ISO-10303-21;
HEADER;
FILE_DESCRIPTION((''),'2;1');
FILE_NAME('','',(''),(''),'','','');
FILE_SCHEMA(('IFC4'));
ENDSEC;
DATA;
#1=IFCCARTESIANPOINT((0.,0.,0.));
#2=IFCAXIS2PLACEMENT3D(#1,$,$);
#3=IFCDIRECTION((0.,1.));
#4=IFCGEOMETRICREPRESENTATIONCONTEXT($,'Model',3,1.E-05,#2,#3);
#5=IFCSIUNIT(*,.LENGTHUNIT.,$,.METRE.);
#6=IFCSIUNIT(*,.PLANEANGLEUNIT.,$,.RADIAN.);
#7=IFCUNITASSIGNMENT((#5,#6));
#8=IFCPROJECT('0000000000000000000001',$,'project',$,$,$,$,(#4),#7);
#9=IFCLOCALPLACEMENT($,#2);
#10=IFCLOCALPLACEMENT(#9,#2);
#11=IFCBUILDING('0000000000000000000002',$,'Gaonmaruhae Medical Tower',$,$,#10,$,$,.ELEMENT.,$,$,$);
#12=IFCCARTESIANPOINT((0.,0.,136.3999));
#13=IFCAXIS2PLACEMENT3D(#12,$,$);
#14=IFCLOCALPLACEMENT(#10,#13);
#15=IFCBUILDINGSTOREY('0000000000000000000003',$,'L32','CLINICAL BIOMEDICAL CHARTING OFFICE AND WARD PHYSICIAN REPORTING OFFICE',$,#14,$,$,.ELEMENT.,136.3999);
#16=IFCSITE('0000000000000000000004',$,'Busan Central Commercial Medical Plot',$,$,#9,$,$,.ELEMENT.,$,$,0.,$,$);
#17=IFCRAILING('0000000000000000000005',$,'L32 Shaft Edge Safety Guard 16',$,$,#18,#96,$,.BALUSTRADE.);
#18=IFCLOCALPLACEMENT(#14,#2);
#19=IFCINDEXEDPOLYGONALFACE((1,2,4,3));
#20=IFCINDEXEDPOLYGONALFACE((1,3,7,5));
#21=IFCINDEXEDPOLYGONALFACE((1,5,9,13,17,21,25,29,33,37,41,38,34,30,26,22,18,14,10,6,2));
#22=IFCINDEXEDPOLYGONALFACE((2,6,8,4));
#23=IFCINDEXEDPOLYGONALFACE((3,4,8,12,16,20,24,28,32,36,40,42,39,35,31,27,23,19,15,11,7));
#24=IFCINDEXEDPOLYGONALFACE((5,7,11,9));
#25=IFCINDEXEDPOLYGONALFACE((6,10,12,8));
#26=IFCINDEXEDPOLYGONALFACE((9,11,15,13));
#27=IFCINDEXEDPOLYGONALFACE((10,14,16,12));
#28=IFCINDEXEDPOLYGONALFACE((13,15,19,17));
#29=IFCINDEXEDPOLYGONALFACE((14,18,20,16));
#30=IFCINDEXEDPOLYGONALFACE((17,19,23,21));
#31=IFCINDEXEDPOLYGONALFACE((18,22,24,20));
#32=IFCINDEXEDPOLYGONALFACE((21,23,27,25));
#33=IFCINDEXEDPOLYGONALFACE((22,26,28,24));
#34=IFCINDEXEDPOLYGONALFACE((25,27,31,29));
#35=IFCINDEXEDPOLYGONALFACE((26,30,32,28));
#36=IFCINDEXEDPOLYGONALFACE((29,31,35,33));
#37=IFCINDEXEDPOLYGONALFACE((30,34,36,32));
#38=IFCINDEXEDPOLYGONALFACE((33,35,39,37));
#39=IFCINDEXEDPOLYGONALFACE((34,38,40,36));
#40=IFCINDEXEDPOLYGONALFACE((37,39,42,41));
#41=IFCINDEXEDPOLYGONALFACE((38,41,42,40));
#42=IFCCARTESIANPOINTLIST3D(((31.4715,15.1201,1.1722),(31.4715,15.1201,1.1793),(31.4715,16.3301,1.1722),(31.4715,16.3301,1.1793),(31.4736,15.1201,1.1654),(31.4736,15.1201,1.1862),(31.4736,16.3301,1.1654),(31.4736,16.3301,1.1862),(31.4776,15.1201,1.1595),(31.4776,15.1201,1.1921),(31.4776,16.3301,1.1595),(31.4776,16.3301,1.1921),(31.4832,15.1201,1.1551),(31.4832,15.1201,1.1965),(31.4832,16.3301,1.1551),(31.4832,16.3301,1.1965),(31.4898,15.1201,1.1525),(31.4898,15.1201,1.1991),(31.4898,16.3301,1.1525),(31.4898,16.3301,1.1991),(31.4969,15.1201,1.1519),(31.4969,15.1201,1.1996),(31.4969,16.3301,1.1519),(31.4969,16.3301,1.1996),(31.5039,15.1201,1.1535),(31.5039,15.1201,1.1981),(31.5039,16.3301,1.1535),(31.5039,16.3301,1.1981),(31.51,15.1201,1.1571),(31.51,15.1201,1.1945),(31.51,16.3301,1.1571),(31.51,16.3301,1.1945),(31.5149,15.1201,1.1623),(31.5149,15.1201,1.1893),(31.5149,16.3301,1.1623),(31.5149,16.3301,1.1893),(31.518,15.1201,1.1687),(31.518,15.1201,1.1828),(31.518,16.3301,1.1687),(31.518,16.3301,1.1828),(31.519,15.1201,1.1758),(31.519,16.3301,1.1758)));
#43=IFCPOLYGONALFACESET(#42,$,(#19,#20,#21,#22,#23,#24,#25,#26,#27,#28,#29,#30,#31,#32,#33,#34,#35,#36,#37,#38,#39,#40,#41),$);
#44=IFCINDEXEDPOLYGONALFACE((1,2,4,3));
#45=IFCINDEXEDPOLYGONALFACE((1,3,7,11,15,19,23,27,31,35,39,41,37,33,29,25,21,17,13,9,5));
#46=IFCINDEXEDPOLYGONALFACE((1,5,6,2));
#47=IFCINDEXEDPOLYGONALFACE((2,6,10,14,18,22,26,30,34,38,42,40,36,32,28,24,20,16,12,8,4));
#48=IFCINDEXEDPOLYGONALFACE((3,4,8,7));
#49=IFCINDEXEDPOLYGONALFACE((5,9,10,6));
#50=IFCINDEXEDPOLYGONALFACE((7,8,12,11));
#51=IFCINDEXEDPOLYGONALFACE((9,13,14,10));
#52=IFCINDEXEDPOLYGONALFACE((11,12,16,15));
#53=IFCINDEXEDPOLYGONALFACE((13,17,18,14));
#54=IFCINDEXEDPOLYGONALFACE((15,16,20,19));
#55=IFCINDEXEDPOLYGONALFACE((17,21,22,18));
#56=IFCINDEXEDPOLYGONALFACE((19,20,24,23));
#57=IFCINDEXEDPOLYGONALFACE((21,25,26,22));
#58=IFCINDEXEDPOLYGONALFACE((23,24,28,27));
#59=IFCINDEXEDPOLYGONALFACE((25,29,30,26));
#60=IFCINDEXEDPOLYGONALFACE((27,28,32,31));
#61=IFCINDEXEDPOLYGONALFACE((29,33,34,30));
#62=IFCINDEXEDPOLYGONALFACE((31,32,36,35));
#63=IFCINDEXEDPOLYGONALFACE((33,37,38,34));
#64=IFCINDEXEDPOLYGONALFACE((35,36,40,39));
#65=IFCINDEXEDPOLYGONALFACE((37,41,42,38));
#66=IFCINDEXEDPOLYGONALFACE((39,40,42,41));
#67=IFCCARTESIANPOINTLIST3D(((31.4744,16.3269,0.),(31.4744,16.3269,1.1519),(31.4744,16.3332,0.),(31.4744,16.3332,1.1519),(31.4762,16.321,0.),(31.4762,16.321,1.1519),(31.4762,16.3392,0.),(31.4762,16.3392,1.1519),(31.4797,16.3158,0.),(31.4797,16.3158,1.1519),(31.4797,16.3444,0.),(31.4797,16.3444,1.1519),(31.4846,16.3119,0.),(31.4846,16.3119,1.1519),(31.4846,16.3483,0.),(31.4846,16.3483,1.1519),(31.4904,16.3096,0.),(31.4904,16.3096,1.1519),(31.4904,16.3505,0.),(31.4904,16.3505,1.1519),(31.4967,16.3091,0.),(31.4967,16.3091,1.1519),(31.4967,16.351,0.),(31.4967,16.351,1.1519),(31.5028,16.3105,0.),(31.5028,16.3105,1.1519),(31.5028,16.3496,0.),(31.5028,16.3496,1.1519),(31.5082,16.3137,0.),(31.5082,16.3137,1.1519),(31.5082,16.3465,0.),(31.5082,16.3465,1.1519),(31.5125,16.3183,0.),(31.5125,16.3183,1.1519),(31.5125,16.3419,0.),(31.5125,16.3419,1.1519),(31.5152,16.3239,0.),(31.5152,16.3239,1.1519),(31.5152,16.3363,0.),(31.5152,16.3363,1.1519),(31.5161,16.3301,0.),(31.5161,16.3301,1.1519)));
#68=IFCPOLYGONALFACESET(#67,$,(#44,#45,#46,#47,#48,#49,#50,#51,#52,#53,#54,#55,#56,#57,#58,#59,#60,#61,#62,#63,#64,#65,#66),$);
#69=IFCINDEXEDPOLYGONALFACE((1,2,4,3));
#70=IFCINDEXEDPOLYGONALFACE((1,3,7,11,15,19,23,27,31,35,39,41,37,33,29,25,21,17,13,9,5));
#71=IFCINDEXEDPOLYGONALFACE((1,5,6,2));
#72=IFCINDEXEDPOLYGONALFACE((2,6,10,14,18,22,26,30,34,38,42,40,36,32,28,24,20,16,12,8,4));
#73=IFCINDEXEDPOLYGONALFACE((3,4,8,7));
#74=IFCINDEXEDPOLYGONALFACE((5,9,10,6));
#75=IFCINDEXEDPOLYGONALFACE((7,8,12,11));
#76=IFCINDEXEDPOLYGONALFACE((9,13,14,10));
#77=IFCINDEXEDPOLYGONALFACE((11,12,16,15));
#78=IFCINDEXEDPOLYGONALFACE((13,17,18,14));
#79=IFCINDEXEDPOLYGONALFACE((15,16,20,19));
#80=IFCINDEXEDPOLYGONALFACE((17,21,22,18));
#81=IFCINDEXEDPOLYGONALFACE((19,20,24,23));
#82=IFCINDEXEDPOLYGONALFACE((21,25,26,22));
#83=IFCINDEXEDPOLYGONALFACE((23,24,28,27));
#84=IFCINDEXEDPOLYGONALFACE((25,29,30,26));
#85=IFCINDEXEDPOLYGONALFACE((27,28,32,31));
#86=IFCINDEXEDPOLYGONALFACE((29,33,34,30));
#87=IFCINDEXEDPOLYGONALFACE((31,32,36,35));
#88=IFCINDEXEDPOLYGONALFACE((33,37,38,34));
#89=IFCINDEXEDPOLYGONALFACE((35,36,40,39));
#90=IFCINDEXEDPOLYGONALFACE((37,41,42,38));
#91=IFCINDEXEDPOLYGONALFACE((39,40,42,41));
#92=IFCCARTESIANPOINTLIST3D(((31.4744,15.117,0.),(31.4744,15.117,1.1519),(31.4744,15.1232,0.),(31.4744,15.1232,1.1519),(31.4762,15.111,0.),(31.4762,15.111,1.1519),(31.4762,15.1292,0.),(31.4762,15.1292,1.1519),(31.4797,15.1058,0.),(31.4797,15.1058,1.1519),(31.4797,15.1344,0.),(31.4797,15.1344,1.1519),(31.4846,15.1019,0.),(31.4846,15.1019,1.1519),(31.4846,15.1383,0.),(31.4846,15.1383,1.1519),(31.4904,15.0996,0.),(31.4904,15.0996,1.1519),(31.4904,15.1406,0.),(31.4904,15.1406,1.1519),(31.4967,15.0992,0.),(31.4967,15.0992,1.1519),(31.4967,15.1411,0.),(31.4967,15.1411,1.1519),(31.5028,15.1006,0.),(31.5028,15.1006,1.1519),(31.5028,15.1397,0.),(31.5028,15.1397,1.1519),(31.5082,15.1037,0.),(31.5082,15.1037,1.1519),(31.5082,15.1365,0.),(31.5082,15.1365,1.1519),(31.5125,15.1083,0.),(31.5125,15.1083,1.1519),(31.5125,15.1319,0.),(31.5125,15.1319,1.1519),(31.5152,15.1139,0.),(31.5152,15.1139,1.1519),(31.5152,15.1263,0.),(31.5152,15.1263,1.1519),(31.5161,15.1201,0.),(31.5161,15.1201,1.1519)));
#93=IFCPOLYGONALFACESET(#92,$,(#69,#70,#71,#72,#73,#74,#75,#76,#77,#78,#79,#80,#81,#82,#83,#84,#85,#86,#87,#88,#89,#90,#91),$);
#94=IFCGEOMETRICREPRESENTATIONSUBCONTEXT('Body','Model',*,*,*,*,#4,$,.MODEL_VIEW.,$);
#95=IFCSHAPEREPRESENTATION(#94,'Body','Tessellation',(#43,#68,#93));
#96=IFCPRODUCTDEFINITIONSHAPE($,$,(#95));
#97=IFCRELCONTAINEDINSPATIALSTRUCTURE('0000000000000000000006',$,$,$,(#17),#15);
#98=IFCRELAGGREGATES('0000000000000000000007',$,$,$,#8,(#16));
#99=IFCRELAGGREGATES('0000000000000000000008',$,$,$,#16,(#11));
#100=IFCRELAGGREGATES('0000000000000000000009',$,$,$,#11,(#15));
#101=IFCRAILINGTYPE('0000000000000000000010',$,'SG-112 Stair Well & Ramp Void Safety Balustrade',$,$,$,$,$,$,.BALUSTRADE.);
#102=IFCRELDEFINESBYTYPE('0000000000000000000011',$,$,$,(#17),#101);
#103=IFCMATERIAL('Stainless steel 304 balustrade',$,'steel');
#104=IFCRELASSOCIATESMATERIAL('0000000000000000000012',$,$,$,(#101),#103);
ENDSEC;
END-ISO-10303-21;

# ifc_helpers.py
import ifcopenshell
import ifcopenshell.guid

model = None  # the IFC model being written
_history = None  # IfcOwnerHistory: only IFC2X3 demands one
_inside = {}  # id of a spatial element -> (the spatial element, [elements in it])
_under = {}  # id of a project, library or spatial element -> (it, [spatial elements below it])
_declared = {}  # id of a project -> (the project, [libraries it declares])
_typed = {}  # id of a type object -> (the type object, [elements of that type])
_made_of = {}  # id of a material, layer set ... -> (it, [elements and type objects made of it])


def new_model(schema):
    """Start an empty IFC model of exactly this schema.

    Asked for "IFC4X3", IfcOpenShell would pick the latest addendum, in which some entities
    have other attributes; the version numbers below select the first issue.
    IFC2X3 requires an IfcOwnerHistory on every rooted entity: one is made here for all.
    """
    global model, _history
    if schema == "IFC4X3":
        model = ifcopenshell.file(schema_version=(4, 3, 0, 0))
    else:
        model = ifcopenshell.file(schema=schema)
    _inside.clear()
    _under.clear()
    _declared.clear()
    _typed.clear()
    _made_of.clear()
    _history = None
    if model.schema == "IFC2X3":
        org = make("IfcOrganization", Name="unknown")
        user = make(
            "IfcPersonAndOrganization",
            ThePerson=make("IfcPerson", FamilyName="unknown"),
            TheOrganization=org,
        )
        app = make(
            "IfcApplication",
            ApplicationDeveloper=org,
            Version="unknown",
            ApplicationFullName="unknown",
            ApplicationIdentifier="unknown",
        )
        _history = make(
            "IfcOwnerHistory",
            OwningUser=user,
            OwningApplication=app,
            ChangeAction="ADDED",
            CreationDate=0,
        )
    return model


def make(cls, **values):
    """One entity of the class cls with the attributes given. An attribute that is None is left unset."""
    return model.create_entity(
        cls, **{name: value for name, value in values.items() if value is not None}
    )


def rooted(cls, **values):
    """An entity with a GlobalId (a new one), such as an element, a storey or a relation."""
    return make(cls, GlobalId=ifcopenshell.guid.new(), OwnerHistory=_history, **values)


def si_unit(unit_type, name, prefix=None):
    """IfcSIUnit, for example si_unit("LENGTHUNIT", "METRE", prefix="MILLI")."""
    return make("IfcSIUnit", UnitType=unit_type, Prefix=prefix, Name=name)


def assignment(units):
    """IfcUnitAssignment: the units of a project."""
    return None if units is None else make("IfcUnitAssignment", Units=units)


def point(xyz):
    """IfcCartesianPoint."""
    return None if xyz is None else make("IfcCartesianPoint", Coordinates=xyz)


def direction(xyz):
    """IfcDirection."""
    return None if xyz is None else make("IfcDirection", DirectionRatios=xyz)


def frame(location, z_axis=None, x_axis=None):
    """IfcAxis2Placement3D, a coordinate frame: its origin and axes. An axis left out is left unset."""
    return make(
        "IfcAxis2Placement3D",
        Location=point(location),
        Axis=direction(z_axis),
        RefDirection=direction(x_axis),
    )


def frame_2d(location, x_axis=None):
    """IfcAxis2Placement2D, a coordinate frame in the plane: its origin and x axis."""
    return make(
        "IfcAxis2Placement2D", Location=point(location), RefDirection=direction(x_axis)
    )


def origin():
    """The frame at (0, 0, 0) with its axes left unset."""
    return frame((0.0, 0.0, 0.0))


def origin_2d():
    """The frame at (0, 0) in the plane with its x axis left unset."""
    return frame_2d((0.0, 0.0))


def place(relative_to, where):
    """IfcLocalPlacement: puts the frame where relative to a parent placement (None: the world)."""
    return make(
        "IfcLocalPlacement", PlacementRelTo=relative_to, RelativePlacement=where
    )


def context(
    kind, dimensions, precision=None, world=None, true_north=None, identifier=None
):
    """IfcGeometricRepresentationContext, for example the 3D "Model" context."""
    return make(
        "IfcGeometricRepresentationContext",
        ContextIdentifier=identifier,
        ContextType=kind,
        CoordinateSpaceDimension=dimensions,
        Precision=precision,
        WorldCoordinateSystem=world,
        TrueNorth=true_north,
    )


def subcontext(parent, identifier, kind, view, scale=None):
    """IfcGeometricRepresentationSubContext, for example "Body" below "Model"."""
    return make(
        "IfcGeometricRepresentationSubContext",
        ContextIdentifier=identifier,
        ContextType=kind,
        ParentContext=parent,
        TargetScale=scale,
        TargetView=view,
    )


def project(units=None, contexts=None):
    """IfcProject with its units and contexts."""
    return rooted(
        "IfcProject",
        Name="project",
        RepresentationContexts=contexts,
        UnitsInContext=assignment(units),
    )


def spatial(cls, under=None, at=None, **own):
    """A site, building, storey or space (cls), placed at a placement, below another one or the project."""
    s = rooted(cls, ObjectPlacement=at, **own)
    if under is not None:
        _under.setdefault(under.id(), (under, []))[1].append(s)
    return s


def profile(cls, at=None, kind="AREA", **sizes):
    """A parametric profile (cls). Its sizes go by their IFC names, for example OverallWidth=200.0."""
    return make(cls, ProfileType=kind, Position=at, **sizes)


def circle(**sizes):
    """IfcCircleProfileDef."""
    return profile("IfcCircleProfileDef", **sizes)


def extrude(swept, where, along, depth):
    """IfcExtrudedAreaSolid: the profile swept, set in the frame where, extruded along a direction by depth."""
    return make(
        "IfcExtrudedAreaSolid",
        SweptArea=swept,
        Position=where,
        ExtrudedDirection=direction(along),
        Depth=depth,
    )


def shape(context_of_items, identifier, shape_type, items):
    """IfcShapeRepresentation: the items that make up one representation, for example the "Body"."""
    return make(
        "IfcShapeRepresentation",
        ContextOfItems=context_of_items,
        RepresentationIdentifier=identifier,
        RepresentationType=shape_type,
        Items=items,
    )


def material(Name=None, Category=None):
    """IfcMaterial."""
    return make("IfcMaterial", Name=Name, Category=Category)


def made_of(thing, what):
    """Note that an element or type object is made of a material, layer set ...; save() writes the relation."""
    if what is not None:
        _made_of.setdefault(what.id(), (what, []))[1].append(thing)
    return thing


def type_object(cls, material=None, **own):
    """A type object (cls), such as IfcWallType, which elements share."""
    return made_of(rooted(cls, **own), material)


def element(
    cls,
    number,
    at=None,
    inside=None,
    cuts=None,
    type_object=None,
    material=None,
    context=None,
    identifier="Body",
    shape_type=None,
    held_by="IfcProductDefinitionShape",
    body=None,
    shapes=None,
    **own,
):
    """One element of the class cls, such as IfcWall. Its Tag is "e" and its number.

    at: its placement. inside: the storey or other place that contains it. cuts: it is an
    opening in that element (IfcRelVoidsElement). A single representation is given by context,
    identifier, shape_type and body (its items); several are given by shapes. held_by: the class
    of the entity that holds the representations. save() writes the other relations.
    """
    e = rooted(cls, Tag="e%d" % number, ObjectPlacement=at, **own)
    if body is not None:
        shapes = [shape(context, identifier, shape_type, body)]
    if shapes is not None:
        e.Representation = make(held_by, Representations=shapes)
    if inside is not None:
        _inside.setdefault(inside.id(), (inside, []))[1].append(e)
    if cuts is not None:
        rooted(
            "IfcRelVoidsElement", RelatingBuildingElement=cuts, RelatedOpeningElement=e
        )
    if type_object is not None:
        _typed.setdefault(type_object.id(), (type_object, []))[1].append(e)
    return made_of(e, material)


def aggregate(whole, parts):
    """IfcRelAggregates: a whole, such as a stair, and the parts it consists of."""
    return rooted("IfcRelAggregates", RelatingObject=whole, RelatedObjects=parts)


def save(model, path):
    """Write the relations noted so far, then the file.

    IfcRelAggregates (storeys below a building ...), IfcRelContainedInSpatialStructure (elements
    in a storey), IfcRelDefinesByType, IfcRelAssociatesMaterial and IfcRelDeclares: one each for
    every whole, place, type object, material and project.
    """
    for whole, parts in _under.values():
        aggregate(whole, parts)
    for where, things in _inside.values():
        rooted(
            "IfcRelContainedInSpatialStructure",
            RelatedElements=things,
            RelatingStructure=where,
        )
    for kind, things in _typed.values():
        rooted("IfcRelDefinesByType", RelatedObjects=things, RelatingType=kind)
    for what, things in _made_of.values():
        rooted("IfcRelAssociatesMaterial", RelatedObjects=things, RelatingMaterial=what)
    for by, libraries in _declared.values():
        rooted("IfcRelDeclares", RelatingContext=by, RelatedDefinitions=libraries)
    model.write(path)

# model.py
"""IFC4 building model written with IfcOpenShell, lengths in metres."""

from ifc_helpers import new_model, si_unit, direction, frame, origin, origin_2d, place, context, subcontext, project, spatial, circle, extrude, material, type_object, element, save


model = new_model("IFC4")

# Units and contexts
model_context = context("Model", 3, precision=1e-05, world=origin(), true_north=direction((0.0, 1.0)))
body_context = subcontext(model_context, "Body", "Model", "MODEL_VIEW")
ifc_project = project(units=[si_unit("LENGTHUNIT", "METRE"), si_unit("PLANEANGLEUNIT", "RADIAN")], contexts=[model_context])

# Site, building, storey
site_placement = place(None, origin())
site = spatial("IfcSite", under=ifc_project, at=site_placement, Name="Busan Central Commercial Medical Plot", CompositionType="ELEMENT", RefElevation=0.0)
building_placement = place(site_placement, origin())
building = spatial("IfcBuilding", under=site, at=building_placement, Name="Gaonmaruhae Medical Tower", CompositionType="ELEMENT")
storey_placement = place(building_placement, frame((0.0, 0.0, 136.3999)))
storey = spatial("IfcBuildingStorey", under=building, at=storey_placement, Name="L32", Description="CLINICAL BIOMEDICAL CHARTING OFFICE AND WARD PHYSICIAN REPORTING OFFICE", CompositionType="ELEMENT", Elevation=136.3999)

# Railing
ifc_material_1 = material(Name="Stainless steel 304 balustrade", Category="steel")
railing_type = type_object("IfcRailingType", Name="SG-112 Stair Well & Ramp Void Safety Balustrade", PredefinedType="BALUSTRADE", material=ifc_material_1)
railing_placement = place(storey_placement, frame((31.4951, 16.3301, 0.0)))
element("IfcRailing", 1, at=railing_placement, inside=storey, type_object=railing_type, Name="L32 Shaft Edge Safety Guard 16", PredefinedType="BALUSTRADE", context=body_context, shape_type="SweptSolid", body=[
    extrude(circle(Radius=0.0239, at=origin_2d()), frame((0.0, 0.0, 1.1758), z_axis=(0.0, -1.0, 0.0), x_axis=(1.0, 0.0, 0.0)), (0.0, 0.0, 1.0), 1.21),
    extrude(circle(Radius=0.021, at=origin_2d()), origin(), (0.0, 0.0, 1.0), 1.1519),
    extrude(circle(Radius=0.021, at=origin_2d()), frame((0.0, -1.21, 0.0)), (0.0, 0.0, 1.0), 1.1519),
])

save(model, "model.ifc")
